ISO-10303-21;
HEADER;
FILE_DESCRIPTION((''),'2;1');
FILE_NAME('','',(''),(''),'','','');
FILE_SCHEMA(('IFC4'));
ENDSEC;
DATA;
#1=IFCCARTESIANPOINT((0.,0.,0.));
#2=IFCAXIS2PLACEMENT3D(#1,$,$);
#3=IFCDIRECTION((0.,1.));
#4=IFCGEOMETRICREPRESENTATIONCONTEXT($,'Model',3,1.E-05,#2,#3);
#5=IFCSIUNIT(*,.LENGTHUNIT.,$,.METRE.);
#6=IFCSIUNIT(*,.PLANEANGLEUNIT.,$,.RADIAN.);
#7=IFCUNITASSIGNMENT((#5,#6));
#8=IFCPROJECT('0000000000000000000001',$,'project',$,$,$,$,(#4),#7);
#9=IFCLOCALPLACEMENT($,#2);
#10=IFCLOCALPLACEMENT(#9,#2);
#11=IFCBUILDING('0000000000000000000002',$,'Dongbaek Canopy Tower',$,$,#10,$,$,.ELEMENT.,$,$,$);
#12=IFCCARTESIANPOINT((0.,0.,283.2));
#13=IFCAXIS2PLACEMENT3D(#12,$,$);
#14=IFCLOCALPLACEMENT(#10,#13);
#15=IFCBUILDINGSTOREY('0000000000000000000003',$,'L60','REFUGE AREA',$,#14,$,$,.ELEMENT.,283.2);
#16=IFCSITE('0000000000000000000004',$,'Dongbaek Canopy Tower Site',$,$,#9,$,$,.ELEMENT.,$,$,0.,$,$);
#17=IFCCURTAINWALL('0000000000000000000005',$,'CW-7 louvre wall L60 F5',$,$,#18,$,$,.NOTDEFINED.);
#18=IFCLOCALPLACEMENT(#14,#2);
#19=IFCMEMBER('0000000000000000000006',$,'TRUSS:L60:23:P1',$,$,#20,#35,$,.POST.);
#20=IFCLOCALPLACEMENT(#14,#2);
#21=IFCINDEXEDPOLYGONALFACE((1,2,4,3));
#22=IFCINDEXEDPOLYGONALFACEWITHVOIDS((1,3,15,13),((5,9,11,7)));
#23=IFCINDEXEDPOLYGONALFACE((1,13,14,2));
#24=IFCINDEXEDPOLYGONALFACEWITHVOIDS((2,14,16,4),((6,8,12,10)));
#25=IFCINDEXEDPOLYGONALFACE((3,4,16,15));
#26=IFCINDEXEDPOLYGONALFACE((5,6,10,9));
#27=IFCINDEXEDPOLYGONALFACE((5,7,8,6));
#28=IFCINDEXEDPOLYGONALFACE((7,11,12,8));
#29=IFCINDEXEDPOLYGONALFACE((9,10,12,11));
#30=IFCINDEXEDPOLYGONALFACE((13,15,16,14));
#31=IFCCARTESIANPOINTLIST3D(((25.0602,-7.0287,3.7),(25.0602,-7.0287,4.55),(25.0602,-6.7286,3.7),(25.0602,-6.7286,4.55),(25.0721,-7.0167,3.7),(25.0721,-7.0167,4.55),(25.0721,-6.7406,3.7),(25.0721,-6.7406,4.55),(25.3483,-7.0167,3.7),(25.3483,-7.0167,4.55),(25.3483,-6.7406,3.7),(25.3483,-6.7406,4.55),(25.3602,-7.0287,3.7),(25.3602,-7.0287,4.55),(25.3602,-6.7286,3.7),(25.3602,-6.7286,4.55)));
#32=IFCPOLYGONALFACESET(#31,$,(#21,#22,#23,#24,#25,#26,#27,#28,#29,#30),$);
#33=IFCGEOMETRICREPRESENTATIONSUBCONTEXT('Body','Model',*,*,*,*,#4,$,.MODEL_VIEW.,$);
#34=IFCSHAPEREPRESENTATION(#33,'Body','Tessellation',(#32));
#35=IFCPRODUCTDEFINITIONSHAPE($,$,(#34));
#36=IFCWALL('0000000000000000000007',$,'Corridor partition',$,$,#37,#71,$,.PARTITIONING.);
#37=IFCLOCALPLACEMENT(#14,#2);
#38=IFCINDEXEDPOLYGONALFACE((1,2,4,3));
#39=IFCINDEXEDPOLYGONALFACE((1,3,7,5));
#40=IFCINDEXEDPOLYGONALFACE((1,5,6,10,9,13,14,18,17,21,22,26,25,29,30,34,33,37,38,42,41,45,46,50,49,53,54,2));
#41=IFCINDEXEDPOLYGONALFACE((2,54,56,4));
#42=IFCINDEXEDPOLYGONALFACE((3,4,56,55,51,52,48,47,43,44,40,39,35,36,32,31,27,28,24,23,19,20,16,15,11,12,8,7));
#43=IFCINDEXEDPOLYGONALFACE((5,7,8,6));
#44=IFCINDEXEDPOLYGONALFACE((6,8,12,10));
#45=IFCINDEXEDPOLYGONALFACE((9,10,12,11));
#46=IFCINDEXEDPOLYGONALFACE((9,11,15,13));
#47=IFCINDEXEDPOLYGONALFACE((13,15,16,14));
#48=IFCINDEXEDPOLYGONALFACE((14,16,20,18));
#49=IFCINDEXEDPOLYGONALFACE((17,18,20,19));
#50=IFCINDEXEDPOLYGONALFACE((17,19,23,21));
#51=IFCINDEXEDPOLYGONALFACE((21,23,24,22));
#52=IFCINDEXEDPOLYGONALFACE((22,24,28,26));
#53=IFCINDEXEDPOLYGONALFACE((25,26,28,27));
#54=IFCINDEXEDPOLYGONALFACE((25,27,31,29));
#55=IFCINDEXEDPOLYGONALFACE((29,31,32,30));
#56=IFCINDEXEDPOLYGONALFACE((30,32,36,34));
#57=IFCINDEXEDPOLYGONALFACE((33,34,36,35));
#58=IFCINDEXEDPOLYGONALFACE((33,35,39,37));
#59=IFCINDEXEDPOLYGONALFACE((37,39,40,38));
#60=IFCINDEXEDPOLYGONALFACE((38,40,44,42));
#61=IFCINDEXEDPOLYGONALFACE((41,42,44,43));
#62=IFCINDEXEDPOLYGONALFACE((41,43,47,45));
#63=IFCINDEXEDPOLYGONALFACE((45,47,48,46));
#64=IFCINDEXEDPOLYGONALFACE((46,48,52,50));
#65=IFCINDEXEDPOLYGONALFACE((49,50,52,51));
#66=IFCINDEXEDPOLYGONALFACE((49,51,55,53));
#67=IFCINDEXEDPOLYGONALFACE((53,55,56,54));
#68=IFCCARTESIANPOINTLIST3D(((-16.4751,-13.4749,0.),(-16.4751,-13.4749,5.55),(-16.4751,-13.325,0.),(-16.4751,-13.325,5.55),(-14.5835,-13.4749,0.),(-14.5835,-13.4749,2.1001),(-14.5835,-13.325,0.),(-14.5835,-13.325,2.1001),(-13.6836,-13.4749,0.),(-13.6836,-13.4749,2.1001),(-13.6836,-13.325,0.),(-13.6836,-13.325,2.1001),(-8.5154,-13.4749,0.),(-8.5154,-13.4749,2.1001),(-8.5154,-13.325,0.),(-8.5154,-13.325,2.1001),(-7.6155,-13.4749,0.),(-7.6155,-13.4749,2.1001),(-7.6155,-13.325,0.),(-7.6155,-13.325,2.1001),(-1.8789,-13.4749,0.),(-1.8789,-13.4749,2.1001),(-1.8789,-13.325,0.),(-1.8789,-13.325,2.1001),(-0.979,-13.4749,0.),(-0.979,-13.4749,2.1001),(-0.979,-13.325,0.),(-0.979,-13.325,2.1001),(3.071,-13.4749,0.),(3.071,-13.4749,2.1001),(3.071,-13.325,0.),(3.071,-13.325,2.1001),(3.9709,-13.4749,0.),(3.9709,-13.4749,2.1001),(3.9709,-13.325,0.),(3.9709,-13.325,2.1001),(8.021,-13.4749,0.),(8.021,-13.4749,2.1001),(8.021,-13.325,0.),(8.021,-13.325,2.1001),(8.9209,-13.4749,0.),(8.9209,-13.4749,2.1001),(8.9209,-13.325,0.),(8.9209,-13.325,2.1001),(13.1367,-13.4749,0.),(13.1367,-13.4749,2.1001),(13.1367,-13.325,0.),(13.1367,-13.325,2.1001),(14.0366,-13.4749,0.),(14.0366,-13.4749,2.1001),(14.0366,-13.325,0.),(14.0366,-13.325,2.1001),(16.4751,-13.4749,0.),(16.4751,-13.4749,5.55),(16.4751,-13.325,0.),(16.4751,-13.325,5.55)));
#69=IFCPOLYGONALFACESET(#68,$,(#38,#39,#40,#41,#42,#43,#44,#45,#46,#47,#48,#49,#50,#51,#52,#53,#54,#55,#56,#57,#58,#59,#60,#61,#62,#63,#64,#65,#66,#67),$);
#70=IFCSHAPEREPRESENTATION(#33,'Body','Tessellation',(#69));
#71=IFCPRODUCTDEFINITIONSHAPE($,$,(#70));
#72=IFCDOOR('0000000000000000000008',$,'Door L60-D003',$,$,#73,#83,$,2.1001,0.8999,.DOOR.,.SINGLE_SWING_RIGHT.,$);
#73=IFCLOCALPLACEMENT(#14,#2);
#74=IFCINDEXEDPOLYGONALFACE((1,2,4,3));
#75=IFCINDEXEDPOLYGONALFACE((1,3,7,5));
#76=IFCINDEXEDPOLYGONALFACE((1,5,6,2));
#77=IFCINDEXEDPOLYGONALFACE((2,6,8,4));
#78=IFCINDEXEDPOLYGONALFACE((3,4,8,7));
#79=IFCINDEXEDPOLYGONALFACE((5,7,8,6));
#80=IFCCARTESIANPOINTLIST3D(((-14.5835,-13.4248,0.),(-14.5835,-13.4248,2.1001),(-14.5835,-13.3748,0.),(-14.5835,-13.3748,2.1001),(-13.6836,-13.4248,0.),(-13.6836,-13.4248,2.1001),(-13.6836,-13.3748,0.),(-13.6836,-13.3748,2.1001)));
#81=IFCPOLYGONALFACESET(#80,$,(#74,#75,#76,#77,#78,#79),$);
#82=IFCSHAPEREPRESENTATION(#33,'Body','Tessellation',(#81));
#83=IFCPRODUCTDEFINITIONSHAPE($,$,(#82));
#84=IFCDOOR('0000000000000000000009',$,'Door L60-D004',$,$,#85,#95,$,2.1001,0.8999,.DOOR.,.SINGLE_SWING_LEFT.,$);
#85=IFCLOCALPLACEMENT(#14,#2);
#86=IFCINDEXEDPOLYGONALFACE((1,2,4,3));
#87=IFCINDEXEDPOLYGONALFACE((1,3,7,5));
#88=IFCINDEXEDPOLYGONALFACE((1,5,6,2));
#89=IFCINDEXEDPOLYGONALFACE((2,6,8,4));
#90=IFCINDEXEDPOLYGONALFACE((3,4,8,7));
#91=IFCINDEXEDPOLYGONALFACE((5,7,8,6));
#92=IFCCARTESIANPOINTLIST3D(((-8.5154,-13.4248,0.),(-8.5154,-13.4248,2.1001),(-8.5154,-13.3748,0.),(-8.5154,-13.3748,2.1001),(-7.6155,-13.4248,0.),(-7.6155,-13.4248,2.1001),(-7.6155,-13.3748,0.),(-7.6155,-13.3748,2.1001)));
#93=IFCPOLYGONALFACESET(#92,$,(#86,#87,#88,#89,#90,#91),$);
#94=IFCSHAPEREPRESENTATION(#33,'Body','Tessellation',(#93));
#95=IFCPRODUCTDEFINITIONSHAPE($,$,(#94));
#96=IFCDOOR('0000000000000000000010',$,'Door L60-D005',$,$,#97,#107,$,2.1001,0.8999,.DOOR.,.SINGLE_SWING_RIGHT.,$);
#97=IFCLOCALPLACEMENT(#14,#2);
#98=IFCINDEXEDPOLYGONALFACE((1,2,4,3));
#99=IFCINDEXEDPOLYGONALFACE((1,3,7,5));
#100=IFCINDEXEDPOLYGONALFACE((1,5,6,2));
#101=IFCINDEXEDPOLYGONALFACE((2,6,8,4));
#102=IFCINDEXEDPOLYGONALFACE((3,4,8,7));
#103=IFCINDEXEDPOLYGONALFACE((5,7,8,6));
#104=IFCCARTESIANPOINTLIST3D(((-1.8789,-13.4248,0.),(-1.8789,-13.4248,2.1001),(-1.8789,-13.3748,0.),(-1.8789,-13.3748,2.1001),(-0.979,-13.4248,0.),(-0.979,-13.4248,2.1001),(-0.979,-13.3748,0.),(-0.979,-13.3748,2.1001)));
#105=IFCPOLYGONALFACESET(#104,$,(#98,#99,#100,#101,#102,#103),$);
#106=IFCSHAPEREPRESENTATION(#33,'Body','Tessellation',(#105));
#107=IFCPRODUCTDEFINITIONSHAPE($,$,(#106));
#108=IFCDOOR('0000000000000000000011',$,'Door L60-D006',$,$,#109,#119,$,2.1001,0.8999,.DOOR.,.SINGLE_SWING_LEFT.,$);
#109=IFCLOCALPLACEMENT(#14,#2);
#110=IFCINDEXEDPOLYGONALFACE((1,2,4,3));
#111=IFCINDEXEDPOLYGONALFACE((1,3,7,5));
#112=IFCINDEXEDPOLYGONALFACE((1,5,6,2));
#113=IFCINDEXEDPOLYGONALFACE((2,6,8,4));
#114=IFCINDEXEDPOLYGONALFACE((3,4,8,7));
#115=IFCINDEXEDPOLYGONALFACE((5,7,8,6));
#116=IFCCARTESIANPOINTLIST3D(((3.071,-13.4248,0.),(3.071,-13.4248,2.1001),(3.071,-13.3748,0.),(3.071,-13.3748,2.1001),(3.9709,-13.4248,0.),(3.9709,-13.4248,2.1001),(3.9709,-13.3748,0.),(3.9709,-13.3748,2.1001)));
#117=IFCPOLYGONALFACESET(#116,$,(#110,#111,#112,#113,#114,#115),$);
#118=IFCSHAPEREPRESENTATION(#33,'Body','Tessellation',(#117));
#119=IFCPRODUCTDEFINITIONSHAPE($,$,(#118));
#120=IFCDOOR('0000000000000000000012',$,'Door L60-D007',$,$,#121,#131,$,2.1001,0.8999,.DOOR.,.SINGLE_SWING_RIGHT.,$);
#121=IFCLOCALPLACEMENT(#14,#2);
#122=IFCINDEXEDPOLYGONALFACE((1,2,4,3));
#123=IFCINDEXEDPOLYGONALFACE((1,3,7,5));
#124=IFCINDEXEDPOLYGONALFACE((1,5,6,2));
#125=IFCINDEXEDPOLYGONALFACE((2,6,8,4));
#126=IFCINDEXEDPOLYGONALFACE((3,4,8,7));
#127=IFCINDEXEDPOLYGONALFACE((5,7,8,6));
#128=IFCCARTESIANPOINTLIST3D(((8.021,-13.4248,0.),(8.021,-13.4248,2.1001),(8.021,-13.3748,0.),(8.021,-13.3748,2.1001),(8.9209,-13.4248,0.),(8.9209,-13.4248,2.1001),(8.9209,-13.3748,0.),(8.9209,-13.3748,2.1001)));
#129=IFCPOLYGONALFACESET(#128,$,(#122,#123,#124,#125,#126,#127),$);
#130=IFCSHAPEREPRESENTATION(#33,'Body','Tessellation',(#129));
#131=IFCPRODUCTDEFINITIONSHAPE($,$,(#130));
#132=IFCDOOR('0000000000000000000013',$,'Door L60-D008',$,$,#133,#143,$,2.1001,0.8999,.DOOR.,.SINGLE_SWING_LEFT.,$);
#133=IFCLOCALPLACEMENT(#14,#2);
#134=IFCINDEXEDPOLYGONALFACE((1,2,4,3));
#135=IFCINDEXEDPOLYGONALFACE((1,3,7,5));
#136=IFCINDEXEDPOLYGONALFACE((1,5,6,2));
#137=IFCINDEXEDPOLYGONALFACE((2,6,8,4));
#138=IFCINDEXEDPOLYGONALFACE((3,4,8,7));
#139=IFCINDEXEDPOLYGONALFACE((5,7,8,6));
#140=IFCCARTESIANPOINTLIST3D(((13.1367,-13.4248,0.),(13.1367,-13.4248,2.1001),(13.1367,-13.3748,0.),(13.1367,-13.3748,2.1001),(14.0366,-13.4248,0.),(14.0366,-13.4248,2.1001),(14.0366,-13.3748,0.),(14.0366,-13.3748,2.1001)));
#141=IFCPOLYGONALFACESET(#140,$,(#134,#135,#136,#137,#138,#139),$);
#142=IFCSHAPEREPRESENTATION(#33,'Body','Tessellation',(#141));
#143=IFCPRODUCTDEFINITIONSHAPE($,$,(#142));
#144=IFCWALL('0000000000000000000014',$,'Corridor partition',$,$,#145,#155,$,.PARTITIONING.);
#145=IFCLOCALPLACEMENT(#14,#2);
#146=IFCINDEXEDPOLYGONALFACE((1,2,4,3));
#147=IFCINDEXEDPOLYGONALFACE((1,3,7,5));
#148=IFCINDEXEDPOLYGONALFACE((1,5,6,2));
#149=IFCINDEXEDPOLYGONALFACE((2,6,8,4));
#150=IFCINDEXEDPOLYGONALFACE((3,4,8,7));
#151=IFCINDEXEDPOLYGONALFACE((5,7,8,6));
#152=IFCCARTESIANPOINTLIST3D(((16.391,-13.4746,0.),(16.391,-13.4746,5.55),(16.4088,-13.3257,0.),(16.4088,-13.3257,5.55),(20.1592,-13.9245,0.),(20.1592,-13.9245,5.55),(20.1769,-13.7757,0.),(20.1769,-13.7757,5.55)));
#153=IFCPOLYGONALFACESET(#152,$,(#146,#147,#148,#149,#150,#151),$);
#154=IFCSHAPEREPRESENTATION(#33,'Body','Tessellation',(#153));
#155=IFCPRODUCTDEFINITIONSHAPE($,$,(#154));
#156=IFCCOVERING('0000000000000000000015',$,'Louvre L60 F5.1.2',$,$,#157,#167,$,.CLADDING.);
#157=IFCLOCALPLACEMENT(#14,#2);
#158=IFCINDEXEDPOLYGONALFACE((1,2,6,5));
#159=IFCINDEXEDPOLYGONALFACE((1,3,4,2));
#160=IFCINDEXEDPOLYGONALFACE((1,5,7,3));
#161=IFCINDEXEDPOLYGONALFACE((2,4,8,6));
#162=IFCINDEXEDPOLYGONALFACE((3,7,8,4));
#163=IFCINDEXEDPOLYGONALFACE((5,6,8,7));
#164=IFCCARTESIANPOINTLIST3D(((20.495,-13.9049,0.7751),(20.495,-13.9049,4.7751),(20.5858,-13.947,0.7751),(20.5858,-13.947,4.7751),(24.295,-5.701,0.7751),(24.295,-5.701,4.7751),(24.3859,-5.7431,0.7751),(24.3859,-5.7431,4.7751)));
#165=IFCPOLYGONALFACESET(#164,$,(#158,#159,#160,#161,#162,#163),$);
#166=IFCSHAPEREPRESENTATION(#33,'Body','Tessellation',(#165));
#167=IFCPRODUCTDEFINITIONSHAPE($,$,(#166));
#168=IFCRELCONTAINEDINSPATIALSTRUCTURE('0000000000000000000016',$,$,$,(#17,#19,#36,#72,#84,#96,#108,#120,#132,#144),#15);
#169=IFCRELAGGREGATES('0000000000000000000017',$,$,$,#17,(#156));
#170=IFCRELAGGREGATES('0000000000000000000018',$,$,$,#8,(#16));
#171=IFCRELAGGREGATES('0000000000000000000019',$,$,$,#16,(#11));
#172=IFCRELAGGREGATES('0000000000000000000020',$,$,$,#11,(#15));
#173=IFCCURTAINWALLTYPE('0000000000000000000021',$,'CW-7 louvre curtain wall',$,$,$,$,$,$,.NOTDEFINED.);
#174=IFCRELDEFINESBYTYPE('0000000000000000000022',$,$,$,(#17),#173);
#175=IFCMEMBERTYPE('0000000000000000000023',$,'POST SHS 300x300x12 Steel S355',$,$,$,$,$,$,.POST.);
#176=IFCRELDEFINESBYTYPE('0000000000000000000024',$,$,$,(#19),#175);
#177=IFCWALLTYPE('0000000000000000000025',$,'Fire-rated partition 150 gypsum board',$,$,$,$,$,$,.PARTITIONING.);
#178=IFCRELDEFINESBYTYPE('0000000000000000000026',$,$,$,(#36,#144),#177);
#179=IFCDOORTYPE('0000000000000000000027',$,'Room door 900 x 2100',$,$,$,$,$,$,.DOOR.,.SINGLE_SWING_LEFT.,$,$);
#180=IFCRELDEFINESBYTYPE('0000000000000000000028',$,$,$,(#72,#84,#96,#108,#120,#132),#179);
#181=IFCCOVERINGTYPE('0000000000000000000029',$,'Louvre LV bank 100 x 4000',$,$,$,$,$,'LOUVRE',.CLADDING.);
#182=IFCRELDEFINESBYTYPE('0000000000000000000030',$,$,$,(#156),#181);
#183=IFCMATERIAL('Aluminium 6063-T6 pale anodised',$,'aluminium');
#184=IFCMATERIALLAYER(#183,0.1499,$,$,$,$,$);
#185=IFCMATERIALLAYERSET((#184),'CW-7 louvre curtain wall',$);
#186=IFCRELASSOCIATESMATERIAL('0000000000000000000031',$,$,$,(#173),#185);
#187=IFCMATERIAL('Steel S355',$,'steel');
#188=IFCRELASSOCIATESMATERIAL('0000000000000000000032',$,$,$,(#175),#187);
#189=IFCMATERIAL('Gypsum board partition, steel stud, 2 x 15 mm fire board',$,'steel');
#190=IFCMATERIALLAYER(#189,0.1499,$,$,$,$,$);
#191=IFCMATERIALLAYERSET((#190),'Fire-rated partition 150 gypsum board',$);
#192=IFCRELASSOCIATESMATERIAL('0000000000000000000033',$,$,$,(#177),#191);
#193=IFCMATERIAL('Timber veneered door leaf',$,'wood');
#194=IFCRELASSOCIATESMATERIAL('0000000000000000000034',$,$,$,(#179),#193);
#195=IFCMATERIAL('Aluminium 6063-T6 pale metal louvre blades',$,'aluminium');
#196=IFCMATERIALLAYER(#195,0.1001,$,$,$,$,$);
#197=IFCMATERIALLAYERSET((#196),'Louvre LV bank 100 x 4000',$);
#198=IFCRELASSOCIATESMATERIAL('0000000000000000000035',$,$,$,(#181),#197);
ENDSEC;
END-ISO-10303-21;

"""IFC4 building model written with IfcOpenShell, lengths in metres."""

from ifc_helpers import new_model, si_unit, direction, frame, frame_2d, origin, origin_2d, place, context, subcontext, project, spatial, rectangle, hollow_rectangle, extrude, material, layer, layer_set, material_profile, profile_set, type_object, element, fill, aggregate, save


model = new_model("IFC4")

# Units and contexts
model_context = context("Model", 3, precision=1e-05, world=origin(), true_north=direction((0.0, 1.0)))
body_context = subcontext(model_context, "Body", "Model", "MODEL_VIEW")
ifc_project = project(units=[si_unit("LENGTHUNIT", "METRE"), si_unit("PLANEANGLEUNIT", "RADIAN")], contexts=[model_context])

# Site, building, storey
site_placement = place(None, origin())
site = spatial("IfcSite", under=ifc_project, at=site_placement, Name="Dongbaek Canopy Tower Site", CompositionType="ELEMENT", RefElevation=0.0)
building_placement = place(site_placement, origin())
building = spatial("IfcBuilding", under=site, at=building_placement, Name="Dongbaek Canopy Tower", CompositionType="ELEMENT")
storey_placement = place(building_placement, frame((0.0, 0.0, 283.2)))
storey = spatial("IfcBuildingStorey", under=building, at=storey_placement, Name="L60", Description="REFUGE AREA", CompositionType="ELEMENT", Elevation=283.2)

# Curtain wall
ifc_material_1 = material(Name="Aluminium 6063-T6 pale anodised", Category="aluminium")
ifc_layer_1 = layer(ifc_material_1, 0.1499)
ifc_layer_set_1 = layer_set([ifc_layer_1], Name="CW-7 louvre curtain wall")
curtain_wall_type = type_object("IfcCurtainWallType", Name="CW-7 louvre curtain wall", PredefinedType="NOTDEFINED", material=ifc_layer_set_1)
curtain_wall_placement = place(storey_placement, origin())
curtain_wall = element("IfcCurtainWall", 1, at=curtain_wall_placement, inside=storey, type_object=curtain_wall_type, Name="CW-7 louvre wall L60 F5", PredefinedType="NOTDEFINED")

# Member
ifc_material_2 = material(Name="Steel S355", Category="steel")
ifc_material_profile_1 = material_profile(ifc_material_2, hollow_rectangle(XDim=0.3, YDim=0.3, WallThickness=0.012, at=origin_2d()), Name="POST SHS 300x300x12 Steel S355")
ifc_profile_set_1 = profile_set([ifc_material_profile_1], Name="Steel S355")
member_type_1 = type_object("IfcMemberType", Name="POST SHS 300x300x12 Steel S355", PredefinedType="POST", material=ifc_profile_set_1)
member_1_placement = place(storey_placement, frame((25.2102, -6.8787, 3.7), z_axis=(0.0, 0.0, 1.0), x_axis=(1.0, 0.0, 0.0)))
element("IfcMember", 2, at=member_1_placement, inside=storey, type_object=member_type_1, Name="TRUSS:L60:23:P1", PredefinedType="POST", context=body_context, shape_type="SweptSolid", body=[
    extrude(hollow_rectangle(XDim=0.3, YDim=0.3, WallThickness=0.012, at=origin_2d()), origin(), (0.0, 0.0, 1.0), 0.8501),
])

# Wall, openings, doors
ifc_material_3 = material(Name="Gypsum board partition, steel stud, 2 x 15 mm fire board", Category="steel")
ifc_layer_2 = layer(ifc_material_3, 0.1499)
ifc_layer_set_2 = layer_set([ifc_layer_2], Name="Fire-rated partition 150 gypsum board")
wall_type = type_object("IfcWallType", Name="Fire-rated partition 150 gypsum board", PredefinedType="PARTITIONING", material=ifc_layer_set_2)
wall_1_placement = place(storey_placement, frame((16.4751, -13.3999, 0.0), z_axis=(0.0, 0.0, 1.0), x_axis=(-1.0, 0.0, 0.0)))
wall_1 = element("IfcWall", 3, at=wall_1_placement, inside=storey, type_object=wall_type, Name="Corridor partition", PredefinedType="PARTITIONING", context=body_context, shape_type="SweptSolid", body=[
    extrude(rectangle(XDim=32.9502, YDim=0.1499, at=frame_2d((16.4751, 0.0))), origin(), (0.0, 0.0, 1.0), 5.55),
])
opening_1_placement = place(wall_1_placement, frame((30.1587, 0.0, 0.0)))
opening_1 = element("IfcOpeningElement", 4, at=opening_1_placement, cuts=wall_1, PredefinedType="OPENING", context=body_context, shape_type="SweptSolid", body=[
    extrude(rectangle(XDim=0.8999, YDim=2.1001, at=frame_2d((0.45, 1.05))), frame((0.0, 0.085, 0.0), z_axis=(0.0, -1.0, 0.0), x_axis=(1.0, 0.0, 0.0)), (0.0, 0.0, 1.0), 0.1699),
])
opening_2_placement = place(wall_1_placement, frame((24.0906, 0.0, 0.0)))
opening_2 = element("IfcOpeningElement", 5, at=opening_2_placement, cuts=wall_1, PredefinedType="OPENING", context=body_context, shape_type="SweptSolid", body=[
    extrude(rectangle(XDim=0.8999, YDim=2.1001, at=frame_2d((0.45, 1.05))), frame((0.0, 0.085, 0.0), z_axis=(0.0, -1.0, 0.0), x_axis=(1.0, 0.0, 0.0)), (0.0, 0.0, 1.0), 0.1699),
])
opening_3_placement = place(wall_1_placement, frame((17.4541, 0.0, 0.0)))
opening_3 = element("IfcOpeningElement", 6, at=opening_3_placement, cuts=wall_1, PredefinedType="OPENING", context=body_context, shape_type="SweptSolid", body=[
    extrude(rectangle(XDim=0.8999, YDim=2.1001, at=frame_2d((0.45, 1.05))), frame((0.0, 0.085, 0.0), z_axis=(0.0, -1.0, 0.0), x_axis=(1.0, 0.0, 0.0)), (0.0, 0.0, 1.0), 0.1699),
])
opening_4_placement = place(wall_1_placement, frame((12.5042, 0.0, 0.0)))
opening_4 = element("IfcOpeningElement", 7, at=opening_4_placement, cuts=wall_1, PredefinedType="OPENING", context=body_context, shape_type="SweptSolid", body=[
    extrude(rectangle(XDim=0.8999, YDim=2.1001, at=frame_2d((0.45, 1.05))), frame((0.0, 0.085, 0.0), z_axis=(0.0, -1.0, 0.0), x_axis=(1.0, 0.0, 0.0)), (0.0, 0.0, 1.0), 0.1699),
])
opening_5_placement = place(wall_1_placement, frame((7.5542, 0.0, 0.0)))
opening_5 = element("IfcOpeningElement", 8, at=opening_5_placement, cuts=wall_1, PredefinedType="OPENING", context=body_context, shape_type="SweptSolid", body=[
    extrude(rectangle(XDim=0.8999, YDim=2.1001, at=frame_2d((0.45, 1.05))), frame((0.0, 0.085, 0.0), z_axis=(0.0, -1.0, 0.0), x_axis=(1.0, 0.0, 0.0)), (0.0, 0.0, 1.0), 0.1699),
])
opening_6_placement = place(wall_1_placement, frame((2.4385, 0.0, 0.0)))
opening_6 = element("IfcOpeningElement", 9, at=opening_6_placement, cuts=wall_1, PredefinedType="OPENING", context=body_context, shape_type="SweptSolid", body=[
    extrude(rectangle(XDim=0.8999, YDim=2.1001, at=frame_2d((0.45, 1.05))), frame((0.0, 0.085, 0.0), z_axis=(0.0, -1.0, 0.0), x_axis=(1.0, 0.0, 0.0)), (0.0, 0.0, 1.0), 0.1699),
])
ifc_material_4 = material(Name="Timber veneered door leaf", Category="wood")
door_type = type_object("IfcDoorType", Name="Room door 900 x 2100", OperationType="SINGLE_SWING_LEFT", PredefinedType="DOOR", material=ifc_material_4)
door_1_placement = place(opening_1_placement, origin())
door_1 = element("IfcDoor", 10, at=door_1_placement, inside=storey, type_object=door_type, Name="Door L60-D003", OperationType="SINGLE_SWING_RIGHT", OverallHeight=2.1001, OverallWidth=0.8999, PredefinedType="DOOR", context=body_context, shape_type="SweptSolid", body=[
    extrude(rectangle(XDim=0.8999, YDim=2.1001, at=frame_2d((0.45, 1.05))), frame((0.0, 0.0249, 0.0), z_axis=(0.0, -1.0, 0.0), x_axis=(1.0, 0.0, 0.0)), (0.0, 0.0, 1.0), 0.05),
])
fill(opening_1, door_1)
door_2_placement = place(opening_2_placement, origin())
door_2 = element("IfcDoor", 11, at=door_2_placement, inside=storey, type_object=door_type, Name="Door L60-D004", OperationType="SINGLE_SWING_LEFT", OverallHeight=2.1001, OverallWidth=0.8999, PredefinedType="DOOR", context=body_context, shape_type="SweptSolid", body=[
    extrude(rectangle(XDim=0.8999, YDim=2.1001, at=frame_2d((0.45, 1.05))), frame((0.0, 0.0249, 0.0), z_axis=(0.0, -1.0, 0.0), x_axis=(1.0, 0.0, 0.0)), (0.0, 0.0, 1.0), 0.05),
])
fill(opening_2, door_2)
door_3_placement = place(opening_3_placement, origin())
door_3 = element("IfcDoor", 12, at=door_3_placement, inside=storey, type_object=door_type, Name="Door L60-D005", OperationType="SINGLE_SWING_RIGHT", OverallHeight=2.1001, OverallWidth=0.8999, PredefinedType="DOOR", context=body_context, shape_type="SweptSolid", body=[
    extrude(rectangle(XDim=0.8999, YDim=2.1001, at=frame_2d((0.45, 1.05))), frame((0.0, 0.0249, 0.0), z_axis=(0.0, -1.0, 0.0), x_axis=(1.0, 0.0, 0.0)), (0.0, 0.0, 1.0), 0.05),
])
fill(opening_3, door_3)
door_4_placement = place(opening_4_placement, origin())
door_4 = element("IfcDoor", 13, at=door_4_placement, inside=storey, type_object=door_type, Name="Door L60-D006", OperationType="SINGLE_SWING_LEFT", OverallHeight=2.1001, OverallWidth=0.8999, PredefinedType="DOOR", context=body_context, shape_type="SweptSolid", body=[
    extrude(rectangle(XDim=0.8999, YDim=2.1001, at=frame_2d((0.45, 1.05))), frame((0.0, 0.0249, 0.0), z_axis=(0.0, -1.0, 0.0), x_axis=(1.0, 0.0, 0.0)), (0.0, 0.0, 1.0), 0.05),
])
fill(opening_4, door_4)
door_5_placement = place(opening_5_placement, origin())
door_5 = element("IfcDoor", 14, at=door_5_placement, inside=storey, type_object=door_type, Name="Door L60-D007", OperationType="SINGLE_SWING_RIGHT", OverallHeight=2.1001, OverallWidth=0.8999, PredefinedType="DOOR", context=body_context, shape_type="SweptSolid", body=[
    extrude(rectangle(XDim=0.8999, YDim=2.1001, at=frame_2d((0.45, 1.05))), frame((0.0, 0.0249, 0.0), z_axis=(0.0, -1.0, 0.0), x_axis=(1.0, 0.0, 0.0)), (0.0, 0.0, 1.0), 0.05),
])
fill(opening_5, door_5)
door_6_placement = place(opening_6_placement, origin())
door_6 = element("IfcDoor", 15, at=door_6_placement, inside=storey, type_object=door_type, Name="Door L60-D008", OperationType="SINGLE_SWING_LEFT", OverallHeight=2.1001, OverallWidth=0.8999, PredefinedType="DOOR", context=body_context, shape_type="SweptSolid", body=[
    extrude(rectangle(XDim=0.8999, YDim=2.1001, at=frame_2d((0.45, 1.05))), frame((0.0, 0.0249, 0.0), z_axis=(0.0, -1.0, 0.0), x_axis=(1.0, 0.0, 0.0)), (0.0, 0.0, 1.0), 0.05),
])
fill(opening_6, door_6)

# Wall
wall_2_placement = place(storey_placement, frame((16.3999, -13.4001, 0.0), z_axis=(0.0, 0.0, 1.0), x_axis=(0.992946, -0.118569, 0.0)))
element("IfcWall", 16, at=wall_2_placement, inside=storey, type_object=wall_type, Name="Corridor partition", PredefinedType="PARTITIONING", context=body_context, shape_type="SweptSolid", body=[
    extrude(rectangle(XDim=3.7949, YDim=0.1499, at=frame_2d((1.8975, 0.0))), origin(), (0.0, 0.0, 1.0), 5.55),
])

# Covering
ifc_material_5 = material(Name="Aluminium 6063-T6 pale metal louvre blades", Category="aluminium")
ifc_layer_3 = layer(ifc_material_5, 0.1001)
ifc_layer_set_3 = layer_set([ifc_layer_3], Name="Louvre LV bank 100 x 4000")
covering_type = type_object("IfcCoveringType", Name="Louvre LV bank 100 x 4000", ElementType="LOUVRE", PredefinedType="CLADDING", material=ifc_layer_set_3)
covering_placement = place(storey_placement, frame((22.4404, -9.824, 0.7751), z_axis=(0.0, 0.0, 1.0), x_axis=(0.4203, 0.907385, 0.0)))
covering = element("IfcCovering", 17, at=covering_placement, type_object=covering_type, Name="Louvre L60 F5.1.2", PredefinedType="CLADDING", context=body_context, shape_type="SweptSolid", body=[
    extrude(rectangle(XDim=9.0413, YDim=0.1001, at=origin_2d()), origin(), (0.0, 0.0, 1.0), 4.0),
])

aggregate(curtain_wall, [covering])

save(model, "model.ifc")
